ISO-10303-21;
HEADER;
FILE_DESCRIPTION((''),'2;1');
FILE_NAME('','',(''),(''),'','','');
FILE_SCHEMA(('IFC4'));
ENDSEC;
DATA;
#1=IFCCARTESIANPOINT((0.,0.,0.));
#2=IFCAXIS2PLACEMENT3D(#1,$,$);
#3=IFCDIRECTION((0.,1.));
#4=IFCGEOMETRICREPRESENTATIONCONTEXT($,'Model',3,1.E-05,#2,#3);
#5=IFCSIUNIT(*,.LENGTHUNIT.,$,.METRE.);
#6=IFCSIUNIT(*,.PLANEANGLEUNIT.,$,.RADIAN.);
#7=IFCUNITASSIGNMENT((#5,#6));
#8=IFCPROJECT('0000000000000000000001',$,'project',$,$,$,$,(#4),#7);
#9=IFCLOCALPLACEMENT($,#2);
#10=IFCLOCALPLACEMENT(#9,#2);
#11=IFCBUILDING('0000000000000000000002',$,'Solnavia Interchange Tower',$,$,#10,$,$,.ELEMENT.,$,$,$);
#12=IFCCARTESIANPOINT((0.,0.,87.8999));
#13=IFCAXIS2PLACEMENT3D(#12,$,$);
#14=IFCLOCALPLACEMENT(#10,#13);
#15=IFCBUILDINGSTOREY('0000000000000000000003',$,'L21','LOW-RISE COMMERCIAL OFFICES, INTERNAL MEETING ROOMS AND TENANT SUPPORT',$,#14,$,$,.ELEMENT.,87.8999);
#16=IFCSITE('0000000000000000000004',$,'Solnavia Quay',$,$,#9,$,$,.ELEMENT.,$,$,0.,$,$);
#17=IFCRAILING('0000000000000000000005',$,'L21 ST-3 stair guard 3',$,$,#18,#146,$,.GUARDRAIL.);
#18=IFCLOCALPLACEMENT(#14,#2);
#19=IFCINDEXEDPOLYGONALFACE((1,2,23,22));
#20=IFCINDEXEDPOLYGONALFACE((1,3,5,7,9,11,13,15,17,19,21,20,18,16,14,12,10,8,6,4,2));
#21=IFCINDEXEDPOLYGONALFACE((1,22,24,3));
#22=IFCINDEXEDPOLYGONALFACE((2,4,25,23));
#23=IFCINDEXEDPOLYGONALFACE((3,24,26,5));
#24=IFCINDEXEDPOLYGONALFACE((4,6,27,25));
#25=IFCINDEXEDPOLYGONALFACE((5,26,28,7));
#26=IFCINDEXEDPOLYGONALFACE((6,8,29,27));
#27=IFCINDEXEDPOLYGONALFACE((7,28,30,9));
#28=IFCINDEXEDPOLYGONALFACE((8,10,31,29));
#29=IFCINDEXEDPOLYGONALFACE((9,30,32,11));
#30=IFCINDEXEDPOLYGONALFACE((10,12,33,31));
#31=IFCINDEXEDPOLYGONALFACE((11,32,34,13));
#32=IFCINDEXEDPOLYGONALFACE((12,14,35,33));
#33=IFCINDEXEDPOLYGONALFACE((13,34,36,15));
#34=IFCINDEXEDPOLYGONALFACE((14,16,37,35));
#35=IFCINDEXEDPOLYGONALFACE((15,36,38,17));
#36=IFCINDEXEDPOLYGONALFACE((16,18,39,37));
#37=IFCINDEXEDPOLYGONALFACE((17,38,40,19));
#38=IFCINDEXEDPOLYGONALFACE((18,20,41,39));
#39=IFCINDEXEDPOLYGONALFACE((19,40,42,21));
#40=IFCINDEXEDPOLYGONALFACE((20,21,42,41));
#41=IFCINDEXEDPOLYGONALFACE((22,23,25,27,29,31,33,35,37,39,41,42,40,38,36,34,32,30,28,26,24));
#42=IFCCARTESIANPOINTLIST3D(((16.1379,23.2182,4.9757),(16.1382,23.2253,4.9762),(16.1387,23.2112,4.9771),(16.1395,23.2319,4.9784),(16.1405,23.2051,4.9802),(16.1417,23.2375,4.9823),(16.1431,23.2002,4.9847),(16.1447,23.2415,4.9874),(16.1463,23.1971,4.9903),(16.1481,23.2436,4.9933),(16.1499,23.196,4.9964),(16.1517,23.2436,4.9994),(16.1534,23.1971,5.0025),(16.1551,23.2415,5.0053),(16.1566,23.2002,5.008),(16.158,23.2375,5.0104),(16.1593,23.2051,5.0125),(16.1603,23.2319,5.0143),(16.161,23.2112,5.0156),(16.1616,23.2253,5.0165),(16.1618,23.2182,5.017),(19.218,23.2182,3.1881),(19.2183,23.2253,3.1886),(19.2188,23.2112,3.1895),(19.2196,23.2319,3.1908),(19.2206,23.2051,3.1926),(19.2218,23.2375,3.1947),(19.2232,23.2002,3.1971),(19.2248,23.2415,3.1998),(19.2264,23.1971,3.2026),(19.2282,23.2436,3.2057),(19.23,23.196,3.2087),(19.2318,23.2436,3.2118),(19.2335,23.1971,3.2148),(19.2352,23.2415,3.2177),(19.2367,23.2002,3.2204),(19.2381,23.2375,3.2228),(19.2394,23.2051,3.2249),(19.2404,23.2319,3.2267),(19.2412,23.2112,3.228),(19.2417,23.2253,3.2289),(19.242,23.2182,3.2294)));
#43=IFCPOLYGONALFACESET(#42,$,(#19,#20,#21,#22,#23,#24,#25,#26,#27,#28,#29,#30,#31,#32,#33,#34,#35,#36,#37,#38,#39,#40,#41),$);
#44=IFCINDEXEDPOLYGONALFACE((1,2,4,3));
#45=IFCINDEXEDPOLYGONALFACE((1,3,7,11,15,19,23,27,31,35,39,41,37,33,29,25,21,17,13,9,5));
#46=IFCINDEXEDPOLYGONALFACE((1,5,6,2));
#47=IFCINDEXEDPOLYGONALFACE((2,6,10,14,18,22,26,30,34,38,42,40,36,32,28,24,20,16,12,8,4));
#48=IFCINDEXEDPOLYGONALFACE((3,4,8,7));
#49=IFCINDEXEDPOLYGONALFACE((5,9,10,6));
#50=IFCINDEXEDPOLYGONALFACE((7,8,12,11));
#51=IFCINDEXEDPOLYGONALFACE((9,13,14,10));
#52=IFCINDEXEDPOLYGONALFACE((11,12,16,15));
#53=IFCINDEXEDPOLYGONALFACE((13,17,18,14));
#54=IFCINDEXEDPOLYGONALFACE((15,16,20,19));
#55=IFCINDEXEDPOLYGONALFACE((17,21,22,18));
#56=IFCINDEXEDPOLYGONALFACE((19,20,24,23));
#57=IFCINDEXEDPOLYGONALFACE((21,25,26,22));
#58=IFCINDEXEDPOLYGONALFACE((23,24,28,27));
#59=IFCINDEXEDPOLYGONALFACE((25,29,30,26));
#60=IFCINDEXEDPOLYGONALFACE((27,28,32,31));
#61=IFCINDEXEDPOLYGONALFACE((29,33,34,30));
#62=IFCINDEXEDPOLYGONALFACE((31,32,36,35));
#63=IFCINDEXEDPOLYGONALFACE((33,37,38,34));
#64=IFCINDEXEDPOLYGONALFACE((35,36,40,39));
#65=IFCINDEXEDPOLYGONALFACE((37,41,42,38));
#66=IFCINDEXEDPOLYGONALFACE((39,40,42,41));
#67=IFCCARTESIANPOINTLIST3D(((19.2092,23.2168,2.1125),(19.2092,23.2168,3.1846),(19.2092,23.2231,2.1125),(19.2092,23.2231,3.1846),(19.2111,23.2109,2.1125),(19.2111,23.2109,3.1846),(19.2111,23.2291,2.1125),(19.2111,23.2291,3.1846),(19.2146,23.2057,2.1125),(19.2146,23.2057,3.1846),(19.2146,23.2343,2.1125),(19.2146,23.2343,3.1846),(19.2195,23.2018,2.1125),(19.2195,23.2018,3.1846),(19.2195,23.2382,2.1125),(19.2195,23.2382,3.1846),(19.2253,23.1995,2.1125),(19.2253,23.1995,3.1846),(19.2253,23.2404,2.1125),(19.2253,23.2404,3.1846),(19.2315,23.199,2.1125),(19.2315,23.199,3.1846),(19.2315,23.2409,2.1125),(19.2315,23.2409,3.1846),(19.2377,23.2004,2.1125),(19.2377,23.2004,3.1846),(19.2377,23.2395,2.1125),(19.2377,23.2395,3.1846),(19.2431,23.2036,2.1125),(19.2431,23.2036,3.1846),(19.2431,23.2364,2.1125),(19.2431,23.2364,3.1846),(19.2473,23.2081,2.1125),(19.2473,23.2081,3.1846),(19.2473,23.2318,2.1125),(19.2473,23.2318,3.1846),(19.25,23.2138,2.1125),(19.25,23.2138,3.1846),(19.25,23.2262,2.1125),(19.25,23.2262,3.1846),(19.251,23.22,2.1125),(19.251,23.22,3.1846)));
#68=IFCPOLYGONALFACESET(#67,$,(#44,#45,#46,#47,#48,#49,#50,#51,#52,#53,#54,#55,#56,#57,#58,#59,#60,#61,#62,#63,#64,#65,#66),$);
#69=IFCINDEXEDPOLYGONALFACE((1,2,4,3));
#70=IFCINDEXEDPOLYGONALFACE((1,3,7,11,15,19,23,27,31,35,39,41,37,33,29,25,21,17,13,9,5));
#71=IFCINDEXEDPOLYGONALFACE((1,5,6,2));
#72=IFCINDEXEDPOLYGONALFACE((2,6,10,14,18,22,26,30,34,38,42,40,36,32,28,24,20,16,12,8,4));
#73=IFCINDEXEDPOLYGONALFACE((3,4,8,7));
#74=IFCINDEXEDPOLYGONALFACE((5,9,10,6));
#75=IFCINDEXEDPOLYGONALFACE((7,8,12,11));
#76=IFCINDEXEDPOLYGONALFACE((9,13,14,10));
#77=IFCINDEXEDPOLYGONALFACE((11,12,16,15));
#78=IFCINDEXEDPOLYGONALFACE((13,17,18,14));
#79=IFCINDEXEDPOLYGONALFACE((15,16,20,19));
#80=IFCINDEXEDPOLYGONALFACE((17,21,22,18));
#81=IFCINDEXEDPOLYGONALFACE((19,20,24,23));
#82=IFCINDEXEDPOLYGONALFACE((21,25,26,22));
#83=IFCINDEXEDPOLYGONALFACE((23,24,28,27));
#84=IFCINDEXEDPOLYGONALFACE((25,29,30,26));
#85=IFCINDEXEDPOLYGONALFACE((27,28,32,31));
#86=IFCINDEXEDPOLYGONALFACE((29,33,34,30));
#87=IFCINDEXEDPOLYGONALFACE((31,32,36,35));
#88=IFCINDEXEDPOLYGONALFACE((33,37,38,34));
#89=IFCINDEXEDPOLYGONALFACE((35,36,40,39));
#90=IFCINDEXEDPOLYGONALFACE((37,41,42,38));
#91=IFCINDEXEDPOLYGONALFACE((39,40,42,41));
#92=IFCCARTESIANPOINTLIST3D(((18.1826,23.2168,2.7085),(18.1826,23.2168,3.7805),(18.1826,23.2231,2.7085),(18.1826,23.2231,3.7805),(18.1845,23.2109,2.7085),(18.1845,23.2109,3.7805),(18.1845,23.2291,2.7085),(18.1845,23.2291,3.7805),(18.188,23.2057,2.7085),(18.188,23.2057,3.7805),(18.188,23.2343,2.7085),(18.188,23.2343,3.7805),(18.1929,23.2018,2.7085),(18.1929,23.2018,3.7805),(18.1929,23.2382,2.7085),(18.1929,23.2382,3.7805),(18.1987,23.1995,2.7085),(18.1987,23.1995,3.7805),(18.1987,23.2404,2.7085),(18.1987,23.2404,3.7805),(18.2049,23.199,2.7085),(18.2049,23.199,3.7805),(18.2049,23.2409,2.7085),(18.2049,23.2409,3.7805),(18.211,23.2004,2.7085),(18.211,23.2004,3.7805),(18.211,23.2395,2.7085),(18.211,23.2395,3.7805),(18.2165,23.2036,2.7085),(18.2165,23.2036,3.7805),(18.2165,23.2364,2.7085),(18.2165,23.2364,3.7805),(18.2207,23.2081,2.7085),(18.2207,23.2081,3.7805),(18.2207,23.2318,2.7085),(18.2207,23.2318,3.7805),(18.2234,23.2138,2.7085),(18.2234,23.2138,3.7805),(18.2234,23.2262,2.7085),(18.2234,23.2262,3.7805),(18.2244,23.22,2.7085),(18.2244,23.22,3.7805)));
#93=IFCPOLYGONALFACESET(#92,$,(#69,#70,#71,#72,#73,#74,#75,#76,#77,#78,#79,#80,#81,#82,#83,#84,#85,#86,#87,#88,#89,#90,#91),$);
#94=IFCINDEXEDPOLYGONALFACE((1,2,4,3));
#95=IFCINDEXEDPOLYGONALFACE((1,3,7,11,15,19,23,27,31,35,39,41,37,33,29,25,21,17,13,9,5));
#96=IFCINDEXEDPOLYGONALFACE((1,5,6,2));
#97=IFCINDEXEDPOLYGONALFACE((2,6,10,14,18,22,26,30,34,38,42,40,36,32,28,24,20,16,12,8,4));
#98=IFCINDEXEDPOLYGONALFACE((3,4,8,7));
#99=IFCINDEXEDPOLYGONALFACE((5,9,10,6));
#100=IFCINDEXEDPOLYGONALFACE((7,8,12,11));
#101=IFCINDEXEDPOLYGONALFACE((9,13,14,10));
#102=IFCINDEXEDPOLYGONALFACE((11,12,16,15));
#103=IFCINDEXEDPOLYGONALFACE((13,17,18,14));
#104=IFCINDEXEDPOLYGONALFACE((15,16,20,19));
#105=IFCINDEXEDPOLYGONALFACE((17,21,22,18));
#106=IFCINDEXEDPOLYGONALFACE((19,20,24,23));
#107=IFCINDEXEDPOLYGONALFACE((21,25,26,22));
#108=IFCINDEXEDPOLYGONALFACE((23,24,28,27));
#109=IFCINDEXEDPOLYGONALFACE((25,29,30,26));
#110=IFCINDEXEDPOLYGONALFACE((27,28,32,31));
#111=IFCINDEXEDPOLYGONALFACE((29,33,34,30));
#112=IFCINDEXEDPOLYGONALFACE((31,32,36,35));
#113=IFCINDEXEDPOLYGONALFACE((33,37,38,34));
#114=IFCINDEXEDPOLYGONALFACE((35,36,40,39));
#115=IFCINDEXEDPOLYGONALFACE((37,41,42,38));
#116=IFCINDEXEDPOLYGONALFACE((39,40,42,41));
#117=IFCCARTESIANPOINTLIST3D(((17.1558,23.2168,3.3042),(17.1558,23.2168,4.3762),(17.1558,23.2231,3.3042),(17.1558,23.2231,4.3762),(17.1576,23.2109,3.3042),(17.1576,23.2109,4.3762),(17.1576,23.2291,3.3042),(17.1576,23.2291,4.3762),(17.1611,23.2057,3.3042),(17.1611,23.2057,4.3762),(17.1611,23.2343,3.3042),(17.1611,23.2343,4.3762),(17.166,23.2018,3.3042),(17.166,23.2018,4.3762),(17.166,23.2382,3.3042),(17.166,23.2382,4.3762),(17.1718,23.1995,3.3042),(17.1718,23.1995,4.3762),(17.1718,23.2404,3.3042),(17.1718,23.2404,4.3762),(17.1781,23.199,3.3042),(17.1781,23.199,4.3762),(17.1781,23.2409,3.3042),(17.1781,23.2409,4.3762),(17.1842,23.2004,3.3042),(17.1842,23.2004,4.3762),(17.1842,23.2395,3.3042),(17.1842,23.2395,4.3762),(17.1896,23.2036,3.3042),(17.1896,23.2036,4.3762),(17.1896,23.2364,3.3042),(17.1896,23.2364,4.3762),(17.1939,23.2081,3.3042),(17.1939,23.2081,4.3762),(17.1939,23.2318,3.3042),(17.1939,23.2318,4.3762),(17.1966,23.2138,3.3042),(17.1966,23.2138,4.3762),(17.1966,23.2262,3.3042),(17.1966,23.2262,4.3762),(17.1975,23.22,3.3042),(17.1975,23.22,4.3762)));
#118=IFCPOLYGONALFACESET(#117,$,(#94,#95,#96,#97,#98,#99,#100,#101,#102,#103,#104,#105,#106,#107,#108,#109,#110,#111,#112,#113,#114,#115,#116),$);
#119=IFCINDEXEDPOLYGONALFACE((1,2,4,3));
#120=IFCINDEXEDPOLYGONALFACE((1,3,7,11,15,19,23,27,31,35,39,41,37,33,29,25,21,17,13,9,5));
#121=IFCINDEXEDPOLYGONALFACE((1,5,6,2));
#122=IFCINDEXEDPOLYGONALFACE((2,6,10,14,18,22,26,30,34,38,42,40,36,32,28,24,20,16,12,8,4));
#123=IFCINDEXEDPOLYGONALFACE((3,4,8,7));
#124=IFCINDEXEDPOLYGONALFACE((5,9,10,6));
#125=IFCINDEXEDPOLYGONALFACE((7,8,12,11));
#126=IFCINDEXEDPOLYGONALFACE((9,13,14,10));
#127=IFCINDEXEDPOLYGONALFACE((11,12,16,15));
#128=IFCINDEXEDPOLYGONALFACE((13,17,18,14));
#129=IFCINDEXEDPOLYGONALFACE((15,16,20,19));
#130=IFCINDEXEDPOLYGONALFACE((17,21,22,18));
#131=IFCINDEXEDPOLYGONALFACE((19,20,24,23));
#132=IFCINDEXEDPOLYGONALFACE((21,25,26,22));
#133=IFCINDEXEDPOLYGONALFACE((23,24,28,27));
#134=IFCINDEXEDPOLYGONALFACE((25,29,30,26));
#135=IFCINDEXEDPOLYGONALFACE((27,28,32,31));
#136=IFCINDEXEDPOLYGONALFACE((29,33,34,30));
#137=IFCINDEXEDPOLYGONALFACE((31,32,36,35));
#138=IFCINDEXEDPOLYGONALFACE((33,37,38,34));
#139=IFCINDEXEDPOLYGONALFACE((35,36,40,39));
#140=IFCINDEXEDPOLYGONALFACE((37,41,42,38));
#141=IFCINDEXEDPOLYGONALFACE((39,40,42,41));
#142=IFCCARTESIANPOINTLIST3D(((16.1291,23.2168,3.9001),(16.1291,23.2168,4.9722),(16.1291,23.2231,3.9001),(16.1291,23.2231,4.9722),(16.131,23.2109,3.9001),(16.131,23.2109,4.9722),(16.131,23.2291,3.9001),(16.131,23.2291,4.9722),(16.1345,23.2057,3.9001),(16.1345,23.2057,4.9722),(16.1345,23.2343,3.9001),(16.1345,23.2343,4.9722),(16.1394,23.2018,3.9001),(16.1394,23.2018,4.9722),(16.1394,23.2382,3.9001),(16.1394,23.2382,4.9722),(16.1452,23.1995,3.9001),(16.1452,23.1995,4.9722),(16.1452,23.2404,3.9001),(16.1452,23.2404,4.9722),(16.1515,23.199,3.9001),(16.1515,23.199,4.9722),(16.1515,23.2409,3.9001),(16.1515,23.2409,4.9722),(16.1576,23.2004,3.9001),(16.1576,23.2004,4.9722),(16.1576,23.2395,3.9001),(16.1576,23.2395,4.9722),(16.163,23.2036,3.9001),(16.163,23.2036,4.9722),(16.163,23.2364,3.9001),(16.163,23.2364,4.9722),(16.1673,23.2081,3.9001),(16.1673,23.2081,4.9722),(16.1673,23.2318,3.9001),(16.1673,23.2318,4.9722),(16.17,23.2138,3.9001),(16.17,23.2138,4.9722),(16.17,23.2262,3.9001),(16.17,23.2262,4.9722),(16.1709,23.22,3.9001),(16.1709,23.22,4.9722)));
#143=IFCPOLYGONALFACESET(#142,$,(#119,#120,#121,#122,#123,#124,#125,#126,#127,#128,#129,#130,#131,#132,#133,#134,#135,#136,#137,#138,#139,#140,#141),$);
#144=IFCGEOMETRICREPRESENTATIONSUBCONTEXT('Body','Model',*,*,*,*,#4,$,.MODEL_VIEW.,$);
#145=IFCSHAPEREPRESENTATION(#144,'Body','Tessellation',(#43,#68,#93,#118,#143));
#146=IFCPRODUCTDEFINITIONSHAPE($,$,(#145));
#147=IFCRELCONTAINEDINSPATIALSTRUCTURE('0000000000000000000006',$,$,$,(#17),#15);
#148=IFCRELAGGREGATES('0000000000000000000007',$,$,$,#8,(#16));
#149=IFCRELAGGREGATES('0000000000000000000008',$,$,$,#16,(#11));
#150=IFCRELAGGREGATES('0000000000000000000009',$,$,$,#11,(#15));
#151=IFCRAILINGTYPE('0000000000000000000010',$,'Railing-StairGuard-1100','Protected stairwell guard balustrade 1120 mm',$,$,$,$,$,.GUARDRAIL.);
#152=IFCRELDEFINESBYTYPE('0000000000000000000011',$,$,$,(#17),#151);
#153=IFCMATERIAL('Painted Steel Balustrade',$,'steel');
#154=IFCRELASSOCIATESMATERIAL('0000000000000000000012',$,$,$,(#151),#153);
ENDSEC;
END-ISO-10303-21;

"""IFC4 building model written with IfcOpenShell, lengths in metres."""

from ifc_helpers import new_model, si_unit, direction, frame, origin, origin_2d, place, context, subcontext, project, spatial, circle, extrude, material, type_object, element, save


model = new_model("IFC4")

# Units and contexts
model_context = context("Model", 3, precision=1e-05, world=origin(), true_north=direction((0.0, 1.0)))
body_context = subcontext(model_context, "Body", "Model", "MODEL_VIEW")
ifc_project = project(units=[si_unit("LENGTHUNIT", "METRE"), si_unit("PLANEANGLEUNIT", "RADIAN")], contexts=[model_context])

# Site, building, storey
site_placement = place(None, origin())
site = spatial("IfcSite", under=ifc_project, at=site_placement, Name="Solnavia Quay", CompositionType="ELEMENT", RefElevation=0.0)
building_placement = place(site_placement, origin())
building = spatial("IfcBuilding", under=site, at=building_placement, Name="Solnavia Interchange Tower", CompositionType="ELEMENT")
storey_placement = place(building_placement, frame((0.0, 0.0, 87.8999)))
storey = spatial("IfcBuildingStorey", under=building, at=storey_placement, Name="L21", Description="LOW-RISE COMMERCIAL OFFICES, INTERNAL MEETING ROOMS AND TENANT SUPPORT", CompositionType="ELEMENT", Elevation=87.8999)

# Railing
ifc_material_1 = material(Name="Painted Steel Balustrade", Category="steel")
railing_type_1 = type_object("IfcRailingType", Name="Railing-StairGuard-1100", Description="Protected stairwell guard balustrade 1120 mm", PredefinedType="GUARDRAIL", material=ifc_material_1)
railing_1_placement = place(storey_placement, frame((19.23, 23.22, 2.1125)))
element("IfcRailing", 1, at=railing_1_placement, inside=storey, type_object=railing_type_1, Name="L21 ST-3 stair guard 3", PredefinedType="GUARDRAIL", context=body_context, shape_type="SweptSolid", body=[
    extrude(circle(Radius=0.0239, at=origin_2d()), frame((0.0, 0.0, 1.0962), z_axis=(-0.864891, 0.0, 0.50196), x_axis=(0.0, -1.0, 0.0)), (0.0, 0.0, 1.0), 3.5613),
    extrude(circle(Radius=0.021, at=origin_2d()), origin(), (0.0, 0.0, 1.0), 1.072),
    extrude(circle(Radius=0.021, at=origin_2d()), frame((-1.0266, 0.0, 0.5959)), (0.0, 0.0, 1.0), 1.072),
    extrude(circle(Radius=0.021, at=origin_2d()), frame((-2.0535, 0.0, 1.1917)), (0.0, 0.0, 1.0), 1.072),
    extrude(circle(Radius=0.021, at=origin_2d()), frame((-3.0801, 0.0, 1.7876)), (0.0, 0.0, 1.0), 1.072),
])

save(model, "model.ifc")
